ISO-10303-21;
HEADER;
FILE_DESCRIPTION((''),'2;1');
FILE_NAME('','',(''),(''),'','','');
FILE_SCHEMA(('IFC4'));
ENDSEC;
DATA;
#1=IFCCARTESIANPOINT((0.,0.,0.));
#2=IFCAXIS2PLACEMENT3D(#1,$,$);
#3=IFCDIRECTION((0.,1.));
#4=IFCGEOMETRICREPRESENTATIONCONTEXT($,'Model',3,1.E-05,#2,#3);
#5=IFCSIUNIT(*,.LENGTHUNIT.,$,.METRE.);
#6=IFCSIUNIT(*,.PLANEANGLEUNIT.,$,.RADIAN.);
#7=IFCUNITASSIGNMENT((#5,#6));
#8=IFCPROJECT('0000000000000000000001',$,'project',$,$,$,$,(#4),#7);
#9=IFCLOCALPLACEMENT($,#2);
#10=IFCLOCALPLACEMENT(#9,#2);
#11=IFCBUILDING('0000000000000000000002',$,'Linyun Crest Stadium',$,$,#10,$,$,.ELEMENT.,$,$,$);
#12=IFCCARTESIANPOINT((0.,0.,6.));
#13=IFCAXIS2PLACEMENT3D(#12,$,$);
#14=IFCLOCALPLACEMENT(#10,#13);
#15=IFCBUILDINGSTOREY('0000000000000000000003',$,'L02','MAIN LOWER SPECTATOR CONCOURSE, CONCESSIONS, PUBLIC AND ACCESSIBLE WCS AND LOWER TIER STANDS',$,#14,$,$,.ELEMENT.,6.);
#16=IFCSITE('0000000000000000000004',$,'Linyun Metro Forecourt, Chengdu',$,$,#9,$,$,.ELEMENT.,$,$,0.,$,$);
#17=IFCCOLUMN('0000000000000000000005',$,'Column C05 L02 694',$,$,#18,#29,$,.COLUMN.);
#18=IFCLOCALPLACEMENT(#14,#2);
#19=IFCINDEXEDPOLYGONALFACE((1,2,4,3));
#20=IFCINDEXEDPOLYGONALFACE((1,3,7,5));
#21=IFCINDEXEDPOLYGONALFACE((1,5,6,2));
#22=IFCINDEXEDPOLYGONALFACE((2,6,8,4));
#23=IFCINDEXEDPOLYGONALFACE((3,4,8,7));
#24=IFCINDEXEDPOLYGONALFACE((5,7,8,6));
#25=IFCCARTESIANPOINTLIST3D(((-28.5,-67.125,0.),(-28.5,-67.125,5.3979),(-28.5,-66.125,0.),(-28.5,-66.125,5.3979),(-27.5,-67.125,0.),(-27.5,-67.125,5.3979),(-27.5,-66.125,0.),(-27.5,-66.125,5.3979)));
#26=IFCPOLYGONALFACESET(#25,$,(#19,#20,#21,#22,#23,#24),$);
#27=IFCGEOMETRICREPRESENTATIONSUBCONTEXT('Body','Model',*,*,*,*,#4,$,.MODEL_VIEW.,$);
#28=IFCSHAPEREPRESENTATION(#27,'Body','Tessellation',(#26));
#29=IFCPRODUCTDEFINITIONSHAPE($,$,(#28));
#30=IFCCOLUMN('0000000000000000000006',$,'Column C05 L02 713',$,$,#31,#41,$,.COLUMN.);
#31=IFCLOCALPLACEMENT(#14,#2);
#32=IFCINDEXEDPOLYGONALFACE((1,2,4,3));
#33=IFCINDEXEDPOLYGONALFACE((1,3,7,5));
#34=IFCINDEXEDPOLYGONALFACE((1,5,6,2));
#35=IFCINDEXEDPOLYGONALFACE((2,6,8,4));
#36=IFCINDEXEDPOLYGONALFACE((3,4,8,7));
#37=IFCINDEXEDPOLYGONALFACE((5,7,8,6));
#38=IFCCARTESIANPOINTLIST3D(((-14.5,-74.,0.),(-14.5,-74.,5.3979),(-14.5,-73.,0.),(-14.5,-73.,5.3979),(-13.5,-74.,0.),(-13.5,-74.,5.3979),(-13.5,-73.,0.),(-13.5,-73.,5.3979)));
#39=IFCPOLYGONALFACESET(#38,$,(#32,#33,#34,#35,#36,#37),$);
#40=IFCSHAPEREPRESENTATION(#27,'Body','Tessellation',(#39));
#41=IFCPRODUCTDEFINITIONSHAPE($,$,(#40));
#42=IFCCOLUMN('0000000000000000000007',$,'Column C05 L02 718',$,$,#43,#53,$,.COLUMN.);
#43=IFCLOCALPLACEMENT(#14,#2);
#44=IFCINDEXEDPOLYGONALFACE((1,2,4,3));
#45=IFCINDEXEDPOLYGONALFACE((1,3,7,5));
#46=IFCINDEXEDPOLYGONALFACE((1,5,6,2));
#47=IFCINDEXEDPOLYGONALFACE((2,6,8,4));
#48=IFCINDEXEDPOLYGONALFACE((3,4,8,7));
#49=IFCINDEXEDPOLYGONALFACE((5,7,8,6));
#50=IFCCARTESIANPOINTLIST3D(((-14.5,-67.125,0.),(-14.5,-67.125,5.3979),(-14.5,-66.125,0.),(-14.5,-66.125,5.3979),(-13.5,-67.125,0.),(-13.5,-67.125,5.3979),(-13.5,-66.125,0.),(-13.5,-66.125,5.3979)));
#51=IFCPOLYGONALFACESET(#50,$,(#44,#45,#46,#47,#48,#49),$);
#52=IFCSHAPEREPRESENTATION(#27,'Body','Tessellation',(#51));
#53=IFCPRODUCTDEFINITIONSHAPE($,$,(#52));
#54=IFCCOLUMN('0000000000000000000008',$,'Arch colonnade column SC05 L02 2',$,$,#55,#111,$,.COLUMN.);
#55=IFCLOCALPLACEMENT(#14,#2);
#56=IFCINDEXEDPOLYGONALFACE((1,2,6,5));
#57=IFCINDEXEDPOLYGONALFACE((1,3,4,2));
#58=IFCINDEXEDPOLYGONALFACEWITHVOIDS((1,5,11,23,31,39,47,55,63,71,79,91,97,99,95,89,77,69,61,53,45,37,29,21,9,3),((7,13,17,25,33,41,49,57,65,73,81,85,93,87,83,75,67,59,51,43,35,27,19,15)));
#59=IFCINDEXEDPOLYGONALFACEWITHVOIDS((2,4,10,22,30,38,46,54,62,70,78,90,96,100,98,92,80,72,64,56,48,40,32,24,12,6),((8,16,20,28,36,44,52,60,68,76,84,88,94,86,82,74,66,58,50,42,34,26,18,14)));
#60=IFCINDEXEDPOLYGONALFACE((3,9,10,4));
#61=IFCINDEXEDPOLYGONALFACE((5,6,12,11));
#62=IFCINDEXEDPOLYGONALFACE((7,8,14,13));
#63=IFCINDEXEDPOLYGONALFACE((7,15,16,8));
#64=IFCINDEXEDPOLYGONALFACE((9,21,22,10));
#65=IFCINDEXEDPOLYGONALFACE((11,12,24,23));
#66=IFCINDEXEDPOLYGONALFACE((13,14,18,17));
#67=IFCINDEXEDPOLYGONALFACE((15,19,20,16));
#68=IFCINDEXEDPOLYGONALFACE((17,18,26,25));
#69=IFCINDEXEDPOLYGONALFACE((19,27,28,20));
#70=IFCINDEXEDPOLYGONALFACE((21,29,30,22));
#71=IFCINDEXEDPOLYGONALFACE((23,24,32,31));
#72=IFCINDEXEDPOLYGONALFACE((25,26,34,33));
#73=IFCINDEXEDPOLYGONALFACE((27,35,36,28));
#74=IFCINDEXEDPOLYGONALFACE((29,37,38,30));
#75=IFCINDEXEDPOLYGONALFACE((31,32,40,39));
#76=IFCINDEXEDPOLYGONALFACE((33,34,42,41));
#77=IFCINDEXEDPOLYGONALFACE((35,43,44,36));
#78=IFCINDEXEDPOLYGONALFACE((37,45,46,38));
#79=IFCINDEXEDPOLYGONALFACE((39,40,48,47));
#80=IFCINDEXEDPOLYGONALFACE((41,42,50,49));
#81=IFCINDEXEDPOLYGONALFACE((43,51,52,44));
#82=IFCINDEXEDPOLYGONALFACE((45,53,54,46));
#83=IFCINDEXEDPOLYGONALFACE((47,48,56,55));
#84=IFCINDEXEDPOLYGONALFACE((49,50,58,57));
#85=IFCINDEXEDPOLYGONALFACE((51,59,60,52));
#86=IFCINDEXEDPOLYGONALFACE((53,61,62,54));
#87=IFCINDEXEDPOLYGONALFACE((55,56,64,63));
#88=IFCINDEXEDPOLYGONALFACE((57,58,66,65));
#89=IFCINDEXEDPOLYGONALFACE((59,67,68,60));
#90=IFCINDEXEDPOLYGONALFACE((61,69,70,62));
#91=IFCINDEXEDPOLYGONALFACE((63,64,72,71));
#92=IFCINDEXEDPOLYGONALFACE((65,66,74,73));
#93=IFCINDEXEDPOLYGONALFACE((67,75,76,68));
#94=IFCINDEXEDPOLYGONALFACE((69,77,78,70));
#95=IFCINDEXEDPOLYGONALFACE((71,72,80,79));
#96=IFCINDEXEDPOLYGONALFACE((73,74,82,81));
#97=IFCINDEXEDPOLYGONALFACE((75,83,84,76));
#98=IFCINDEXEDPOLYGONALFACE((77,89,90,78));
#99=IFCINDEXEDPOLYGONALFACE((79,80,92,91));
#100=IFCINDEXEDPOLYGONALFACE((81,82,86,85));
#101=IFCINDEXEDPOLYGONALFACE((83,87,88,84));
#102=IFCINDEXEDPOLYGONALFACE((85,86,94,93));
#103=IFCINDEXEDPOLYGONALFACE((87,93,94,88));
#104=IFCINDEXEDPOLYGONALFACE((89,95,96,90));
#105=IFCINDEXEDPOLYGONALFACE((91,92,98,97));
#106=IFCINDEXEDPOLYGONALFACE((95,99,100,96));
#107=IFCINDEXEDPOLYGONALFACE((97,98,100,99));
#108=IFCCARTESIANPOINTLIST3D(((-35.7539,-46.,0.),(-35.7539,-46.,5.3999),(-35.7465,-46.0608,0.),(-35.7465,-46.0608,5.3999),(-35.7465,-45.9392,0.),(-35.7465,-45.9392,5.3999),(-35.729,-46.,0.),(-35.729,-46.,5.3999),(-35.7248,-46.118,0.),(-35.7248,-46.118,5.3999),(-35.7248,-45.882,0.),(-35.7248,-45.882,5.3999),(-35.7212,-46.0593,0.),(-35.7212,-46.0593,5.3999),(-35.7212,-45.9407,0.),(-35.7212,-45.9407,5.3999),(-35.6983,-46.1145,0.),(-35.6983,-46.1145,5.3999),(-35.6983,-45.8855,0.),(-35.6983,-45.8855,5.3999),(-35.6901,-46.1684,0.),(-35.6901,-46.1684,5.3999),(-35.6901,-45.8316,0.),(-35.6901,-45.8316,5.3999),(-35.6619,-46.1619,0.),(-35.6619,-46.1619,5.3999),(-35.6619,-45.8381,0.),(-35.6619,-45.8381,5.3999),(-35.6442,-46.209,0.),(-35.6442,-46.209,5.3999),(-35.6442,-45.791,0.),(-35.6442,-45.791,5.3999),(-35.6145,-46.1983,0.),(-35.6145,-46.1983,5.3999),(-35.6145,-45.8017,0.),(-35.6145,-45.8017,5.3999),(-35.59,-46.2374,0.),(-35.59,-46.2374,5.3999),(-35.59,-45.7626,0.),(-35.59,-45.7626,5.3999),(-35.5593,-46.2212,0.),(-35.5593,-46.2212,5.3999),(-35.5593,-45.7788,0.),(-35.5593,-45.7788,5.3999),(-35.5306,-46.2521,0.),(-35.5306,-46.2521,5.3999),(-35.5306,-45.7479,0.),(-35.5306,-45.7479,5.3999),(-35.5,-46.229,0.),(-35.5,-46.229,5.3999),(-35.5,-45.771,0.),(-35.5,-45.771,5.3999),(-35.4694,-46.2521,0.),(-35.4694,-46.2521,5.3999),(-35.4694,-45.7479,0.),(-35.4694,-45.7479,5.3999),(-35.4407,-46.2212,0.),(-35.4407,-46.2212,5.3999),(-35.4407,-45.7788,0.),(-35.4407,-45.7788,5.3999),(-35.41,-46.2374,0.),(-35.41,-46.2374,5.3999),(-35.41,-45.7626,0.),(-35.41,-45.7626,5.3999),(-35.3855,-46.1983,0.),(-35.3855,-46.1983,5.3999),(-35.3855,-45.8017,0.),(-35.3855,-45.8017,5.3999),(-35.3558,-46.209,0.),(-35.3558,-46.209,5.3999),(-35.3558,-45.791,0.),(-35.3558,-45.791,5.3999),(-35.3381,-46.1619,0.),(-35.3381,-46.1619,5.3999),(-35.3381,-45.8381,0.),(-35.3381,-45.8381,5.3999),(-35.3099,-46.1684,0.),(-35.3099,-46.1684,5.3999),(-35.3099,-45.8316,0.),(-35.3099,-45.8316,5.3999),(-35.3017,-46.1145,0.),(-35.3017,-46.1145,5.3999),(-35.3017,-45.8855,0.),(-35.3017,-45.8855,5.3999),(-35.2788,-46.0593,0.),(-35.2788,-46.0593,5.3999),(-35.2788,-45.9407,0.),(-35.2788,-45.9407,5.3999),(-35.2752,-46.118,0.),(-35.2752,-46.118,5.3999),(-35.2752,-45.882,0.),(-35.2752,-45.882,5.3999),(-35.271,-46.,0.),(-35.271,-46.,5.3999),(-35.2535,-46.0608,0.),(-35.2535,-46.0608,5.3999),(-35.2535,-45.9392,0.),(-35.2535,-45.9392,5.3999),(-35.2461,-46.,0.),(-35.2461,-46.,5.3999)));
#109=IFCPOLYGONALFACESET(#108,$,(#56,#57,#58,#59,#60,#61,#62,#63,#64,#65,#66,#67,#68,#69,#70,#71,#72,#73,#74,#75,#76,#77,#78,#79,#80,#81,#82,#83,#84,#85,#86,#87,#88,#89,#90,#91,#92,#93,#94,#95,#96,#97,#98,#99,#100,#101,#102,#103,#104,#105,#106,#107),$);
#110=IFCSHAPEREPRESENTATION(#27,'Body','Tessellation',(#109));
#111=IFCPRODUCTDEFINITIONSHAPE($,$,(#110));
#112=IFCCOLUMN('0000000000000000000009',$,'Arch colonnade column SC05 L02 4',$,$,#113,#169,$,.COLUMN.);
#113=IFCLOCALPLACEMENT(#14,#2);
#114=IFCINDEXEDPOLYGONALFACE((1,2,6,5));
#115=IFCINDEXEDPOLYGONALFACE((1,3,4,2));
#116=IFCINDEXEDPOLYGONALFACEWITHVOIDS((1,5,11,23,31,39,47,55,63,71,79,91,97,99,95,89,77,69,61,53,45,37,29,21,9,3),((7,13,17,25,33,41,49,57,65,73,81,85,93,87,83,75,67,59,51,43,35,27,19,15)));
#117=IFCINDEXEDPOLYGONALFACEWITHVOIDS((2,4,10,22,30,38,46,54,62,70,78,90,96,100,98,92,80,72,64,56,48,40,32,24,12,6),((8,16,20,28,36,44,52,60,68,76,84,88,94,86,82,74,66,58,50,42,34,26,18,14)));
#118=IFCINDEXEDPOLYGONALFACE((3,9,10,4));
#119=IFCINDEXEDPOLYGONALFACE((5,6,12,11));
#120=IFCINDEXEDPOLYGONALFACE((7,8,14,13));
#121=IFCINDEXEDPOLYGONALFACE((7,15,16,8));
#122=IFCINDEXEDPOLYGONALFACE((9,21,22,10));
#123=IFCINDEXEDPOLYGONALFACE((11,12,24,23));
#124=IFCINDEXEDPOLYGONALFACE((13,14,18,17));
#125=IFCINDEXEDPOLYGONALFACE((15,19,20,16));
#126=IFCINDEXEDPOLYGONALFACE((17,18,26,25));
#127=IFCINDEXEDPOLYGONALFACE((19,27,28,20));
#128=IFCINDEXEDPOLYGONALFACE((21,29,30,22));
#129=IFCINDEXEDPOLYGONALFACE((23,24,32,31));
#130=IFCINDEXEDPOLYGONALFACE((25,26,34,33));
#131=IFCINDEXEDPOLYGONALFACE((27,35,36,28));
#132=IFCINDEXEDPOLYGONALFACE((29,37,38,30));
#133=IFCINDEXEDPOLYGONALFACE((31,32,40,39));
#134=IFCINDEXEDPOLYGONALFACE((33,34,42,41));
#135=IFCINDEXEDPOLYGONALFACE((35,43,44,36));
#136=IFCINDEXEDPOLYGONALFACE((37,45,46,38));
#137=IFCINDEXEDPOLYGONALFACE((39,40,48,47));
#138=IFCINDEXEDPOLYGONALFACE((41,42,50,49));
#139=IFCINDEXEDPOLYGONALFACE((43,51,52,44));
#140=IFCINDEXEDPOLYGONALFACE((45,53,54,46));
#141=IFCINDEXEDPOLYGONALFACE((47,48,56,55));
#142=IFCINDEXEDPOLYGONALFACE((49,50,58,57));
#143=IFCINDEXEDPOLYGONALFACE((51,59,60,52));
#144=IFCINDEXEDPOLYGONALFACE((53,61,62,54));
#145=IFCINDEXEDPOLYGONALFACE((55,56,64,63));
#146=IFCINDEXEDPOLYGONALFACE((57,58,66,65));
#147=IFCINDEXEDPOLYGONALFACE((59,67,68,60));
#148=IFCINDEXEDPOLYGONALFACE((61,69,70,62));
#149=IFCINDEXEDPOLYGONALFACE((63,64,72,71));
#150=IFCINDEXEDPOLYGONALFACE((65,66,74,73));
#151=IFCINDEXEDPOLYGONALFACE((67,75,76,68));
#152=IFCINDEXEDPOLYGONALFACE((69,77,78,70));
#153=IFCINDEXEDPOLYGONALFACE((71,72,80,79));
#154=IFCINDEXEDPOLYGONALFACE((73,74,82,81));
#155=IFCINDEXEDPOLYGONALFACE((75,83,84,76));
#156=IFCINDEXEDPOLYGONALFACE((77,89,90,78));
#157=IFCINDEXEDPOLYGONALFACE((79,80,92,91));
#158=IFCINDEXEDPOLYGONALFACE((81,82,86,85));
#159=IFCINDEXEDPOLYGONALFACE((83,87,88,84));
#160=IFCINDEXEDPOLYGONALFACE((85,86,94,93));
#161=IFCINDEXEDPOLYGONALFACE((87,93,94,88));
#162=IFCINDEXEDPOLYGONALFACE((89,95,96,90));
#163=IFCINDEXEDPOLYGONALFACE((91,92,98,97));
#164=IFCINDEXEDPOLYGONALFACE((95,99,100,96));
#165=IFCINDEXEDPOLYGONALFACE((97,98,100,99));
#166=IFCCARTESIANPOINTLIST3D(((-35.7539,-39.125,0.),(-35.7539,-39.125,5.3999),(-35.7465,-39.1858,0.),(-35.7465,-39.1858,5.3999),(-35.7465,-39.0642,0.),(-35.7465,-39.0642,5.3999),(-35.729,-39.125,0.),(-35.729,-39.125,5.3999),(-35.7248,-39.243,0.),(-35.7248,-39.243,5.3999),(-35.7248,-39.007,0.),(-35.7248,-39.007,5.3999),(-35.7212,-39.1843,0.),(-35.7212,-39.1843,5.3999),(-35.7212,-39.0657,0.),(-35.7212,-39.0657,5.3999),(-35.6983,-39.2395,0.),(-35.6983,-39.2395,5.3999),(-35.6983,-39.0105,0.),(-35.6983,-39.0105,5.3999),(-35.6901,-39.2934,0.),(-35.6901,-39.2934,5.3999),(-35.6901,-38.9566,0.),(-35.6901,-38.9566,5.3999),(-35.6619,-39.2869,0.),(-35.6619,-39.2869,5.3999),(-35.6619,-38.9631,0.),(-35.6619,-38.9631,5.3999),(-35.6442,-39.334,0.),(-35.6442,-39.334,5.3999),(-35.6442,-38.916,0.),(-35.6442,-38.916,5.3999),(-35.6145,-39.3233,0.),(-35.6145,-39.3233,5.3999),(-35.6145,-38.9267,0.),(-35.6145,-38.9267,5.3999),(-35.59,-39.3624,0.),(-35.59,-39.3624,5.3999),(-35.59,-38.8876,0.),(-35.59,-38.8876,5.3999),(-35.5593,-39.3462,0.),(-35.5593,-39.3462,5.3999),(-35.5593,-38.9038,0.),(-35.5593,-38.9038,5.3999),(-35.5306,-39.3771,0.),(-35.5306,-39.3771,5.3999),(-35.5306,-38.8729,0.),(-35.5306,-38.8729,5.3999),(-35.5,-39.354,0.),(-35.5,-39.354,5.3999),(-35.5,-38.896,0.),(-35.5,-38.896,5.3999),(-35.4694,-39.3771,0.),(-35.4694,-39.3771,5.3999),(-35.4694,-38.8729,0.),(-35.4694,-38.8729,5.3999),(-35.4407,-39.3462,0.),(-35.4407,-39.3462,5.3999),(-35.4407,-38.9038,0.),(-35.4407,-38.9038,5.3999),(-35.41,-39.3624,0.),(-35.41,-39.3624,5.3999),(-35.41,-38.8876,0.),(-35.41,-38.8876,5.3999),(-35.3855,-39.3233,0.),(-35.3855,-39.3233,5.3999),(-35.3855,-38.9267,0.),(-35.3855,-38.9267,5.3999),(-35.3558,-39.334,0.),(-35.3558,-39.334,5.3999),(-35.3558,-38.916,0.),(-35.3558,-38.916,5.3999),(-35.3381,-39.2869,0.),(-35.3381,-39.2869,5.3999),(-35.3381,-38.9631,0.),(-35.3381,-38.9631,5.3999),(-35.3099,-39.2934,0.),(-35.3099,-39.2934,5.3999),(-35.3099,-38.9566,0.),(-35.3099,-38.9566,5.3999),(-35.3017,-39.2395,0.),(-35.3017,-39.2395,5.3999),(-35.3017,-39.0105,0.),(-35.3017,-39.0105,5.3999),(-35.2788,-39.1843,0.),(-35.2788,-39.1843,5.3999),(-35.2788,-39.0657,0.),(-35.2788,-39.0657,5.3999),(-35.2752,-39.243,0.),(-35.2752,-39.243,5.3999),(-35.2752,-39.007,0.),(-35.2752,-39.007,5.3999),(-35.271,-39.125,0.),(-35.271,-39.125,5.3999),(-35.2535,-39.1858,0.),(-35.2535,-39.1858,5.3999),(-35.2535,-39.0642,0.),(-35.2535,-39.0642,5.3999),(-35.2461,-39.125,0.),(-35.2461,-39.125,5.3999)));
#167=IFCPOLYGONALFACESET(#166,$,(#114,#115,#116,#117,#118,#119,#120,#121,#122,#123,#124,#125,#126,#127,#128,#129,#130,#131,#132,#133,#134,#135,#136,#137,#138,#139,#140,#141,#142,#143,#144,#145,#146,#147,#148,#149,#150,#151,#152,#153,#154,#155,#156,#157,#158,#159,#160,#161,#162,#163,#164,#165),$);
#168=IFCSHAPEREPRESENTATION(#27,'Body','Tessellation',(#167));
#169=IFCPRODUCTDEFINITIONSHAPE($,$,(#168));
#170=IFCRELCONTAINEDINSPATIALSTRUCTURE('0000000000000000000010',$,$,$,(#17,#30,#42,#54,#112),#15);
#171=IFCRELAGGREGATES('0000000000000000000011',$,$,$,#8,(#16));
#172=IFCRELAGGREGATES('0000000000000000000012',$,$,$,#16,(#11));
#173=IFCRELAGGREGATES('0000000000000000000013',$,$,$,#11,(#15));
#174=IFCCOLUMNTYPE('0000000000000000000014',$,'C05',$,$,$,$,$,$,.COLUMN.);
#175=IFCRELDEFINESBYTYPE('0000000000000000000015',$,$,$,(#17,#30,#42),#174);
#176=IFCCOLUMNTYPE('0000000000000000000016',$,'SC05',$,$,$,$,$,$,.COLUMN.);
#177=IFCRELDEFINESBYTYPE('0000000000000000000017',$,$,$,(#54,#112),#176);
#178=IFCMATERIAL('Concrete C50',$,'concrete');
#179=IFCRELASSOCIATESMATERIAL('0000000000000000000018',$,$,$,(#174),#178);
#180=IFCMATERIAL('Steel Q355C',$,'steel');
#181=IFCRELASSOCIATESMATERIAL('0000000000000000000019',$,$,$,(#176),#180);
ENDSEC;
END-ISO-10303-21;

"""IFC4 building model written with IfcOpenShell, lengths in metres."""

from ifc_helpers import new_model, si_unit, direction, frame, origin, origin_2d, place, context, subcontext, project, spatial, rectangle, hollow_circle, extrude, material, material_profile, profile_set, type_object, element, save


model = new_model("IFC4")

# Units and contexts
model_context = context("Model", 3, precision=1e-05, world=origin(), true_north=direction((0.0, 1.0)))
body_context = subcontext(model_context, "Body", "Model", "MODEL_VIEW")
ifc_project = project(units=[si_unit("LENGTHUNIT", "METRE"), si_unit("PLANEANGLEUNIT", "RADIAN")], contexts=[model_context])

# Site, building, storey
site_placement = place(None, origin())
site = spatial("IfcSite", under=ifc_project, at=site_placement, Name="Linyun Metro Forecourt, Chengdu", CompositionType="ELEMENT", RefElevation=0.0)
building_placement = place(site_placement, origin())
building = spatial("IfcBuilding", under=site, at=building_placement, Name="Linyun Crest Stadium", CompositionType="ELEMENT")
storey_placement = place(building_placement, frame((0.0, 0.0, 6.0)))
storey = spatial("IfcBuildingStorey", under=building, at=storey_placement, Name="L02", Description="MAIN LOWER SPECTATOR CONCOURSE, CONCESSIONS, PUBLIC AND ACCESSIBLE WCS AND LOWER TIER STANDS", CompositionType="ELEMENT", Elevation=6.0)

# Columns
ifc_material_1 = material(Name="Concrete C50", Category="concrete")
ifc_material_profile_1 = material_profile(ifc_material_1, rectangle(XDim=1.0, YDim=1.0, at=origin_2d()), Name="RC 1000x1000")
ifc_profile_set_1 = profile_set([ifc_material_profile_1], Name="Concrete C50")
column_type_1 = type_object("IfcColumnType", Name="C05", PredefinedType="COLUMN", material=ifc_profile_set_1)
for number, where, z_axis, x_axis, name in (
    (1, (-28.0, -66.625, 0.0), (0.0, 0.0, 1.0), (1.0, 0.0, 0.0), "Column C05 L02 694"),
    (2, (-14.0, -73.5, 0.0), (0.0, 0.0, 1.0), (1.0, 0.0, 0.0), "Column C05 L02 713"),
    (3, (-14.0, -66.625, 0.0), (0.0, 0.0, 1.0), (1.0, 0.0, 0.0), "Column C05 L02 718"),
):
    element("IfcColumn", number, at=place(storey_placement, frame(where, z_axis=z_axis, x_axis=x_axis)), inside=storey, type_object=column_type_1, Name=name, PredefinedType="COLUMN", context=body_context, shape_type="SweptSolid", body=[
        extrude(rectangle(XDim=1.0, YDim=1.0, at=origin_2d()), origin(), (0.0, 0.0, 1.0), 5.3979),
    ])
ifc_material_2 = material(Name="Steel Q355C", Category="steel")
ifc_material_profile_2 = material_profile(ifc_material_2, hollow_circle(Radius=0.2539, WallThickness=0.0249, at=origin_2d()), Name="CHS 508x25")
ifc_profile_set_2 = profile_set([ifc_material_profile_2], Name="Steel Q355C")
column_type_2 = type_object("IfcColumnType", Name="SC05", PredefinedType="COLUMN", material=ifc_profile_set_2)
for number, where, z_axis, x_axis, name in (
    (4, (-35.5, -46.0, 0.0), (0.0, 0.0, 1.0), (1.0, 0.0, 0.0), "Arch colonnade column SC05 L02 2"),
    (5, (-35.5, -39.125, 0.0), (0.0, 0.0, 1.0), (1.0, 0.0, 0.0), "Arch colonnade column SC05 L02 4"),
):
    element("IfcColumn", number, at=place(storey_placement, frame(where, z_axis=z_axis, x_axis=x_axis)), inside=storey, type_object=column_type_2, Name=name, PredefinedType="COLUMN", context=body_context, shape_type="SweptSolid", body=[
        extrude(hollow_circle(Radius=0.2539, WallThickness=0.0249, at=origin_2d()), origin(), (0.0, 0.0, 1.0), 5.3999),
    ])

save(model, "model.ifc")
